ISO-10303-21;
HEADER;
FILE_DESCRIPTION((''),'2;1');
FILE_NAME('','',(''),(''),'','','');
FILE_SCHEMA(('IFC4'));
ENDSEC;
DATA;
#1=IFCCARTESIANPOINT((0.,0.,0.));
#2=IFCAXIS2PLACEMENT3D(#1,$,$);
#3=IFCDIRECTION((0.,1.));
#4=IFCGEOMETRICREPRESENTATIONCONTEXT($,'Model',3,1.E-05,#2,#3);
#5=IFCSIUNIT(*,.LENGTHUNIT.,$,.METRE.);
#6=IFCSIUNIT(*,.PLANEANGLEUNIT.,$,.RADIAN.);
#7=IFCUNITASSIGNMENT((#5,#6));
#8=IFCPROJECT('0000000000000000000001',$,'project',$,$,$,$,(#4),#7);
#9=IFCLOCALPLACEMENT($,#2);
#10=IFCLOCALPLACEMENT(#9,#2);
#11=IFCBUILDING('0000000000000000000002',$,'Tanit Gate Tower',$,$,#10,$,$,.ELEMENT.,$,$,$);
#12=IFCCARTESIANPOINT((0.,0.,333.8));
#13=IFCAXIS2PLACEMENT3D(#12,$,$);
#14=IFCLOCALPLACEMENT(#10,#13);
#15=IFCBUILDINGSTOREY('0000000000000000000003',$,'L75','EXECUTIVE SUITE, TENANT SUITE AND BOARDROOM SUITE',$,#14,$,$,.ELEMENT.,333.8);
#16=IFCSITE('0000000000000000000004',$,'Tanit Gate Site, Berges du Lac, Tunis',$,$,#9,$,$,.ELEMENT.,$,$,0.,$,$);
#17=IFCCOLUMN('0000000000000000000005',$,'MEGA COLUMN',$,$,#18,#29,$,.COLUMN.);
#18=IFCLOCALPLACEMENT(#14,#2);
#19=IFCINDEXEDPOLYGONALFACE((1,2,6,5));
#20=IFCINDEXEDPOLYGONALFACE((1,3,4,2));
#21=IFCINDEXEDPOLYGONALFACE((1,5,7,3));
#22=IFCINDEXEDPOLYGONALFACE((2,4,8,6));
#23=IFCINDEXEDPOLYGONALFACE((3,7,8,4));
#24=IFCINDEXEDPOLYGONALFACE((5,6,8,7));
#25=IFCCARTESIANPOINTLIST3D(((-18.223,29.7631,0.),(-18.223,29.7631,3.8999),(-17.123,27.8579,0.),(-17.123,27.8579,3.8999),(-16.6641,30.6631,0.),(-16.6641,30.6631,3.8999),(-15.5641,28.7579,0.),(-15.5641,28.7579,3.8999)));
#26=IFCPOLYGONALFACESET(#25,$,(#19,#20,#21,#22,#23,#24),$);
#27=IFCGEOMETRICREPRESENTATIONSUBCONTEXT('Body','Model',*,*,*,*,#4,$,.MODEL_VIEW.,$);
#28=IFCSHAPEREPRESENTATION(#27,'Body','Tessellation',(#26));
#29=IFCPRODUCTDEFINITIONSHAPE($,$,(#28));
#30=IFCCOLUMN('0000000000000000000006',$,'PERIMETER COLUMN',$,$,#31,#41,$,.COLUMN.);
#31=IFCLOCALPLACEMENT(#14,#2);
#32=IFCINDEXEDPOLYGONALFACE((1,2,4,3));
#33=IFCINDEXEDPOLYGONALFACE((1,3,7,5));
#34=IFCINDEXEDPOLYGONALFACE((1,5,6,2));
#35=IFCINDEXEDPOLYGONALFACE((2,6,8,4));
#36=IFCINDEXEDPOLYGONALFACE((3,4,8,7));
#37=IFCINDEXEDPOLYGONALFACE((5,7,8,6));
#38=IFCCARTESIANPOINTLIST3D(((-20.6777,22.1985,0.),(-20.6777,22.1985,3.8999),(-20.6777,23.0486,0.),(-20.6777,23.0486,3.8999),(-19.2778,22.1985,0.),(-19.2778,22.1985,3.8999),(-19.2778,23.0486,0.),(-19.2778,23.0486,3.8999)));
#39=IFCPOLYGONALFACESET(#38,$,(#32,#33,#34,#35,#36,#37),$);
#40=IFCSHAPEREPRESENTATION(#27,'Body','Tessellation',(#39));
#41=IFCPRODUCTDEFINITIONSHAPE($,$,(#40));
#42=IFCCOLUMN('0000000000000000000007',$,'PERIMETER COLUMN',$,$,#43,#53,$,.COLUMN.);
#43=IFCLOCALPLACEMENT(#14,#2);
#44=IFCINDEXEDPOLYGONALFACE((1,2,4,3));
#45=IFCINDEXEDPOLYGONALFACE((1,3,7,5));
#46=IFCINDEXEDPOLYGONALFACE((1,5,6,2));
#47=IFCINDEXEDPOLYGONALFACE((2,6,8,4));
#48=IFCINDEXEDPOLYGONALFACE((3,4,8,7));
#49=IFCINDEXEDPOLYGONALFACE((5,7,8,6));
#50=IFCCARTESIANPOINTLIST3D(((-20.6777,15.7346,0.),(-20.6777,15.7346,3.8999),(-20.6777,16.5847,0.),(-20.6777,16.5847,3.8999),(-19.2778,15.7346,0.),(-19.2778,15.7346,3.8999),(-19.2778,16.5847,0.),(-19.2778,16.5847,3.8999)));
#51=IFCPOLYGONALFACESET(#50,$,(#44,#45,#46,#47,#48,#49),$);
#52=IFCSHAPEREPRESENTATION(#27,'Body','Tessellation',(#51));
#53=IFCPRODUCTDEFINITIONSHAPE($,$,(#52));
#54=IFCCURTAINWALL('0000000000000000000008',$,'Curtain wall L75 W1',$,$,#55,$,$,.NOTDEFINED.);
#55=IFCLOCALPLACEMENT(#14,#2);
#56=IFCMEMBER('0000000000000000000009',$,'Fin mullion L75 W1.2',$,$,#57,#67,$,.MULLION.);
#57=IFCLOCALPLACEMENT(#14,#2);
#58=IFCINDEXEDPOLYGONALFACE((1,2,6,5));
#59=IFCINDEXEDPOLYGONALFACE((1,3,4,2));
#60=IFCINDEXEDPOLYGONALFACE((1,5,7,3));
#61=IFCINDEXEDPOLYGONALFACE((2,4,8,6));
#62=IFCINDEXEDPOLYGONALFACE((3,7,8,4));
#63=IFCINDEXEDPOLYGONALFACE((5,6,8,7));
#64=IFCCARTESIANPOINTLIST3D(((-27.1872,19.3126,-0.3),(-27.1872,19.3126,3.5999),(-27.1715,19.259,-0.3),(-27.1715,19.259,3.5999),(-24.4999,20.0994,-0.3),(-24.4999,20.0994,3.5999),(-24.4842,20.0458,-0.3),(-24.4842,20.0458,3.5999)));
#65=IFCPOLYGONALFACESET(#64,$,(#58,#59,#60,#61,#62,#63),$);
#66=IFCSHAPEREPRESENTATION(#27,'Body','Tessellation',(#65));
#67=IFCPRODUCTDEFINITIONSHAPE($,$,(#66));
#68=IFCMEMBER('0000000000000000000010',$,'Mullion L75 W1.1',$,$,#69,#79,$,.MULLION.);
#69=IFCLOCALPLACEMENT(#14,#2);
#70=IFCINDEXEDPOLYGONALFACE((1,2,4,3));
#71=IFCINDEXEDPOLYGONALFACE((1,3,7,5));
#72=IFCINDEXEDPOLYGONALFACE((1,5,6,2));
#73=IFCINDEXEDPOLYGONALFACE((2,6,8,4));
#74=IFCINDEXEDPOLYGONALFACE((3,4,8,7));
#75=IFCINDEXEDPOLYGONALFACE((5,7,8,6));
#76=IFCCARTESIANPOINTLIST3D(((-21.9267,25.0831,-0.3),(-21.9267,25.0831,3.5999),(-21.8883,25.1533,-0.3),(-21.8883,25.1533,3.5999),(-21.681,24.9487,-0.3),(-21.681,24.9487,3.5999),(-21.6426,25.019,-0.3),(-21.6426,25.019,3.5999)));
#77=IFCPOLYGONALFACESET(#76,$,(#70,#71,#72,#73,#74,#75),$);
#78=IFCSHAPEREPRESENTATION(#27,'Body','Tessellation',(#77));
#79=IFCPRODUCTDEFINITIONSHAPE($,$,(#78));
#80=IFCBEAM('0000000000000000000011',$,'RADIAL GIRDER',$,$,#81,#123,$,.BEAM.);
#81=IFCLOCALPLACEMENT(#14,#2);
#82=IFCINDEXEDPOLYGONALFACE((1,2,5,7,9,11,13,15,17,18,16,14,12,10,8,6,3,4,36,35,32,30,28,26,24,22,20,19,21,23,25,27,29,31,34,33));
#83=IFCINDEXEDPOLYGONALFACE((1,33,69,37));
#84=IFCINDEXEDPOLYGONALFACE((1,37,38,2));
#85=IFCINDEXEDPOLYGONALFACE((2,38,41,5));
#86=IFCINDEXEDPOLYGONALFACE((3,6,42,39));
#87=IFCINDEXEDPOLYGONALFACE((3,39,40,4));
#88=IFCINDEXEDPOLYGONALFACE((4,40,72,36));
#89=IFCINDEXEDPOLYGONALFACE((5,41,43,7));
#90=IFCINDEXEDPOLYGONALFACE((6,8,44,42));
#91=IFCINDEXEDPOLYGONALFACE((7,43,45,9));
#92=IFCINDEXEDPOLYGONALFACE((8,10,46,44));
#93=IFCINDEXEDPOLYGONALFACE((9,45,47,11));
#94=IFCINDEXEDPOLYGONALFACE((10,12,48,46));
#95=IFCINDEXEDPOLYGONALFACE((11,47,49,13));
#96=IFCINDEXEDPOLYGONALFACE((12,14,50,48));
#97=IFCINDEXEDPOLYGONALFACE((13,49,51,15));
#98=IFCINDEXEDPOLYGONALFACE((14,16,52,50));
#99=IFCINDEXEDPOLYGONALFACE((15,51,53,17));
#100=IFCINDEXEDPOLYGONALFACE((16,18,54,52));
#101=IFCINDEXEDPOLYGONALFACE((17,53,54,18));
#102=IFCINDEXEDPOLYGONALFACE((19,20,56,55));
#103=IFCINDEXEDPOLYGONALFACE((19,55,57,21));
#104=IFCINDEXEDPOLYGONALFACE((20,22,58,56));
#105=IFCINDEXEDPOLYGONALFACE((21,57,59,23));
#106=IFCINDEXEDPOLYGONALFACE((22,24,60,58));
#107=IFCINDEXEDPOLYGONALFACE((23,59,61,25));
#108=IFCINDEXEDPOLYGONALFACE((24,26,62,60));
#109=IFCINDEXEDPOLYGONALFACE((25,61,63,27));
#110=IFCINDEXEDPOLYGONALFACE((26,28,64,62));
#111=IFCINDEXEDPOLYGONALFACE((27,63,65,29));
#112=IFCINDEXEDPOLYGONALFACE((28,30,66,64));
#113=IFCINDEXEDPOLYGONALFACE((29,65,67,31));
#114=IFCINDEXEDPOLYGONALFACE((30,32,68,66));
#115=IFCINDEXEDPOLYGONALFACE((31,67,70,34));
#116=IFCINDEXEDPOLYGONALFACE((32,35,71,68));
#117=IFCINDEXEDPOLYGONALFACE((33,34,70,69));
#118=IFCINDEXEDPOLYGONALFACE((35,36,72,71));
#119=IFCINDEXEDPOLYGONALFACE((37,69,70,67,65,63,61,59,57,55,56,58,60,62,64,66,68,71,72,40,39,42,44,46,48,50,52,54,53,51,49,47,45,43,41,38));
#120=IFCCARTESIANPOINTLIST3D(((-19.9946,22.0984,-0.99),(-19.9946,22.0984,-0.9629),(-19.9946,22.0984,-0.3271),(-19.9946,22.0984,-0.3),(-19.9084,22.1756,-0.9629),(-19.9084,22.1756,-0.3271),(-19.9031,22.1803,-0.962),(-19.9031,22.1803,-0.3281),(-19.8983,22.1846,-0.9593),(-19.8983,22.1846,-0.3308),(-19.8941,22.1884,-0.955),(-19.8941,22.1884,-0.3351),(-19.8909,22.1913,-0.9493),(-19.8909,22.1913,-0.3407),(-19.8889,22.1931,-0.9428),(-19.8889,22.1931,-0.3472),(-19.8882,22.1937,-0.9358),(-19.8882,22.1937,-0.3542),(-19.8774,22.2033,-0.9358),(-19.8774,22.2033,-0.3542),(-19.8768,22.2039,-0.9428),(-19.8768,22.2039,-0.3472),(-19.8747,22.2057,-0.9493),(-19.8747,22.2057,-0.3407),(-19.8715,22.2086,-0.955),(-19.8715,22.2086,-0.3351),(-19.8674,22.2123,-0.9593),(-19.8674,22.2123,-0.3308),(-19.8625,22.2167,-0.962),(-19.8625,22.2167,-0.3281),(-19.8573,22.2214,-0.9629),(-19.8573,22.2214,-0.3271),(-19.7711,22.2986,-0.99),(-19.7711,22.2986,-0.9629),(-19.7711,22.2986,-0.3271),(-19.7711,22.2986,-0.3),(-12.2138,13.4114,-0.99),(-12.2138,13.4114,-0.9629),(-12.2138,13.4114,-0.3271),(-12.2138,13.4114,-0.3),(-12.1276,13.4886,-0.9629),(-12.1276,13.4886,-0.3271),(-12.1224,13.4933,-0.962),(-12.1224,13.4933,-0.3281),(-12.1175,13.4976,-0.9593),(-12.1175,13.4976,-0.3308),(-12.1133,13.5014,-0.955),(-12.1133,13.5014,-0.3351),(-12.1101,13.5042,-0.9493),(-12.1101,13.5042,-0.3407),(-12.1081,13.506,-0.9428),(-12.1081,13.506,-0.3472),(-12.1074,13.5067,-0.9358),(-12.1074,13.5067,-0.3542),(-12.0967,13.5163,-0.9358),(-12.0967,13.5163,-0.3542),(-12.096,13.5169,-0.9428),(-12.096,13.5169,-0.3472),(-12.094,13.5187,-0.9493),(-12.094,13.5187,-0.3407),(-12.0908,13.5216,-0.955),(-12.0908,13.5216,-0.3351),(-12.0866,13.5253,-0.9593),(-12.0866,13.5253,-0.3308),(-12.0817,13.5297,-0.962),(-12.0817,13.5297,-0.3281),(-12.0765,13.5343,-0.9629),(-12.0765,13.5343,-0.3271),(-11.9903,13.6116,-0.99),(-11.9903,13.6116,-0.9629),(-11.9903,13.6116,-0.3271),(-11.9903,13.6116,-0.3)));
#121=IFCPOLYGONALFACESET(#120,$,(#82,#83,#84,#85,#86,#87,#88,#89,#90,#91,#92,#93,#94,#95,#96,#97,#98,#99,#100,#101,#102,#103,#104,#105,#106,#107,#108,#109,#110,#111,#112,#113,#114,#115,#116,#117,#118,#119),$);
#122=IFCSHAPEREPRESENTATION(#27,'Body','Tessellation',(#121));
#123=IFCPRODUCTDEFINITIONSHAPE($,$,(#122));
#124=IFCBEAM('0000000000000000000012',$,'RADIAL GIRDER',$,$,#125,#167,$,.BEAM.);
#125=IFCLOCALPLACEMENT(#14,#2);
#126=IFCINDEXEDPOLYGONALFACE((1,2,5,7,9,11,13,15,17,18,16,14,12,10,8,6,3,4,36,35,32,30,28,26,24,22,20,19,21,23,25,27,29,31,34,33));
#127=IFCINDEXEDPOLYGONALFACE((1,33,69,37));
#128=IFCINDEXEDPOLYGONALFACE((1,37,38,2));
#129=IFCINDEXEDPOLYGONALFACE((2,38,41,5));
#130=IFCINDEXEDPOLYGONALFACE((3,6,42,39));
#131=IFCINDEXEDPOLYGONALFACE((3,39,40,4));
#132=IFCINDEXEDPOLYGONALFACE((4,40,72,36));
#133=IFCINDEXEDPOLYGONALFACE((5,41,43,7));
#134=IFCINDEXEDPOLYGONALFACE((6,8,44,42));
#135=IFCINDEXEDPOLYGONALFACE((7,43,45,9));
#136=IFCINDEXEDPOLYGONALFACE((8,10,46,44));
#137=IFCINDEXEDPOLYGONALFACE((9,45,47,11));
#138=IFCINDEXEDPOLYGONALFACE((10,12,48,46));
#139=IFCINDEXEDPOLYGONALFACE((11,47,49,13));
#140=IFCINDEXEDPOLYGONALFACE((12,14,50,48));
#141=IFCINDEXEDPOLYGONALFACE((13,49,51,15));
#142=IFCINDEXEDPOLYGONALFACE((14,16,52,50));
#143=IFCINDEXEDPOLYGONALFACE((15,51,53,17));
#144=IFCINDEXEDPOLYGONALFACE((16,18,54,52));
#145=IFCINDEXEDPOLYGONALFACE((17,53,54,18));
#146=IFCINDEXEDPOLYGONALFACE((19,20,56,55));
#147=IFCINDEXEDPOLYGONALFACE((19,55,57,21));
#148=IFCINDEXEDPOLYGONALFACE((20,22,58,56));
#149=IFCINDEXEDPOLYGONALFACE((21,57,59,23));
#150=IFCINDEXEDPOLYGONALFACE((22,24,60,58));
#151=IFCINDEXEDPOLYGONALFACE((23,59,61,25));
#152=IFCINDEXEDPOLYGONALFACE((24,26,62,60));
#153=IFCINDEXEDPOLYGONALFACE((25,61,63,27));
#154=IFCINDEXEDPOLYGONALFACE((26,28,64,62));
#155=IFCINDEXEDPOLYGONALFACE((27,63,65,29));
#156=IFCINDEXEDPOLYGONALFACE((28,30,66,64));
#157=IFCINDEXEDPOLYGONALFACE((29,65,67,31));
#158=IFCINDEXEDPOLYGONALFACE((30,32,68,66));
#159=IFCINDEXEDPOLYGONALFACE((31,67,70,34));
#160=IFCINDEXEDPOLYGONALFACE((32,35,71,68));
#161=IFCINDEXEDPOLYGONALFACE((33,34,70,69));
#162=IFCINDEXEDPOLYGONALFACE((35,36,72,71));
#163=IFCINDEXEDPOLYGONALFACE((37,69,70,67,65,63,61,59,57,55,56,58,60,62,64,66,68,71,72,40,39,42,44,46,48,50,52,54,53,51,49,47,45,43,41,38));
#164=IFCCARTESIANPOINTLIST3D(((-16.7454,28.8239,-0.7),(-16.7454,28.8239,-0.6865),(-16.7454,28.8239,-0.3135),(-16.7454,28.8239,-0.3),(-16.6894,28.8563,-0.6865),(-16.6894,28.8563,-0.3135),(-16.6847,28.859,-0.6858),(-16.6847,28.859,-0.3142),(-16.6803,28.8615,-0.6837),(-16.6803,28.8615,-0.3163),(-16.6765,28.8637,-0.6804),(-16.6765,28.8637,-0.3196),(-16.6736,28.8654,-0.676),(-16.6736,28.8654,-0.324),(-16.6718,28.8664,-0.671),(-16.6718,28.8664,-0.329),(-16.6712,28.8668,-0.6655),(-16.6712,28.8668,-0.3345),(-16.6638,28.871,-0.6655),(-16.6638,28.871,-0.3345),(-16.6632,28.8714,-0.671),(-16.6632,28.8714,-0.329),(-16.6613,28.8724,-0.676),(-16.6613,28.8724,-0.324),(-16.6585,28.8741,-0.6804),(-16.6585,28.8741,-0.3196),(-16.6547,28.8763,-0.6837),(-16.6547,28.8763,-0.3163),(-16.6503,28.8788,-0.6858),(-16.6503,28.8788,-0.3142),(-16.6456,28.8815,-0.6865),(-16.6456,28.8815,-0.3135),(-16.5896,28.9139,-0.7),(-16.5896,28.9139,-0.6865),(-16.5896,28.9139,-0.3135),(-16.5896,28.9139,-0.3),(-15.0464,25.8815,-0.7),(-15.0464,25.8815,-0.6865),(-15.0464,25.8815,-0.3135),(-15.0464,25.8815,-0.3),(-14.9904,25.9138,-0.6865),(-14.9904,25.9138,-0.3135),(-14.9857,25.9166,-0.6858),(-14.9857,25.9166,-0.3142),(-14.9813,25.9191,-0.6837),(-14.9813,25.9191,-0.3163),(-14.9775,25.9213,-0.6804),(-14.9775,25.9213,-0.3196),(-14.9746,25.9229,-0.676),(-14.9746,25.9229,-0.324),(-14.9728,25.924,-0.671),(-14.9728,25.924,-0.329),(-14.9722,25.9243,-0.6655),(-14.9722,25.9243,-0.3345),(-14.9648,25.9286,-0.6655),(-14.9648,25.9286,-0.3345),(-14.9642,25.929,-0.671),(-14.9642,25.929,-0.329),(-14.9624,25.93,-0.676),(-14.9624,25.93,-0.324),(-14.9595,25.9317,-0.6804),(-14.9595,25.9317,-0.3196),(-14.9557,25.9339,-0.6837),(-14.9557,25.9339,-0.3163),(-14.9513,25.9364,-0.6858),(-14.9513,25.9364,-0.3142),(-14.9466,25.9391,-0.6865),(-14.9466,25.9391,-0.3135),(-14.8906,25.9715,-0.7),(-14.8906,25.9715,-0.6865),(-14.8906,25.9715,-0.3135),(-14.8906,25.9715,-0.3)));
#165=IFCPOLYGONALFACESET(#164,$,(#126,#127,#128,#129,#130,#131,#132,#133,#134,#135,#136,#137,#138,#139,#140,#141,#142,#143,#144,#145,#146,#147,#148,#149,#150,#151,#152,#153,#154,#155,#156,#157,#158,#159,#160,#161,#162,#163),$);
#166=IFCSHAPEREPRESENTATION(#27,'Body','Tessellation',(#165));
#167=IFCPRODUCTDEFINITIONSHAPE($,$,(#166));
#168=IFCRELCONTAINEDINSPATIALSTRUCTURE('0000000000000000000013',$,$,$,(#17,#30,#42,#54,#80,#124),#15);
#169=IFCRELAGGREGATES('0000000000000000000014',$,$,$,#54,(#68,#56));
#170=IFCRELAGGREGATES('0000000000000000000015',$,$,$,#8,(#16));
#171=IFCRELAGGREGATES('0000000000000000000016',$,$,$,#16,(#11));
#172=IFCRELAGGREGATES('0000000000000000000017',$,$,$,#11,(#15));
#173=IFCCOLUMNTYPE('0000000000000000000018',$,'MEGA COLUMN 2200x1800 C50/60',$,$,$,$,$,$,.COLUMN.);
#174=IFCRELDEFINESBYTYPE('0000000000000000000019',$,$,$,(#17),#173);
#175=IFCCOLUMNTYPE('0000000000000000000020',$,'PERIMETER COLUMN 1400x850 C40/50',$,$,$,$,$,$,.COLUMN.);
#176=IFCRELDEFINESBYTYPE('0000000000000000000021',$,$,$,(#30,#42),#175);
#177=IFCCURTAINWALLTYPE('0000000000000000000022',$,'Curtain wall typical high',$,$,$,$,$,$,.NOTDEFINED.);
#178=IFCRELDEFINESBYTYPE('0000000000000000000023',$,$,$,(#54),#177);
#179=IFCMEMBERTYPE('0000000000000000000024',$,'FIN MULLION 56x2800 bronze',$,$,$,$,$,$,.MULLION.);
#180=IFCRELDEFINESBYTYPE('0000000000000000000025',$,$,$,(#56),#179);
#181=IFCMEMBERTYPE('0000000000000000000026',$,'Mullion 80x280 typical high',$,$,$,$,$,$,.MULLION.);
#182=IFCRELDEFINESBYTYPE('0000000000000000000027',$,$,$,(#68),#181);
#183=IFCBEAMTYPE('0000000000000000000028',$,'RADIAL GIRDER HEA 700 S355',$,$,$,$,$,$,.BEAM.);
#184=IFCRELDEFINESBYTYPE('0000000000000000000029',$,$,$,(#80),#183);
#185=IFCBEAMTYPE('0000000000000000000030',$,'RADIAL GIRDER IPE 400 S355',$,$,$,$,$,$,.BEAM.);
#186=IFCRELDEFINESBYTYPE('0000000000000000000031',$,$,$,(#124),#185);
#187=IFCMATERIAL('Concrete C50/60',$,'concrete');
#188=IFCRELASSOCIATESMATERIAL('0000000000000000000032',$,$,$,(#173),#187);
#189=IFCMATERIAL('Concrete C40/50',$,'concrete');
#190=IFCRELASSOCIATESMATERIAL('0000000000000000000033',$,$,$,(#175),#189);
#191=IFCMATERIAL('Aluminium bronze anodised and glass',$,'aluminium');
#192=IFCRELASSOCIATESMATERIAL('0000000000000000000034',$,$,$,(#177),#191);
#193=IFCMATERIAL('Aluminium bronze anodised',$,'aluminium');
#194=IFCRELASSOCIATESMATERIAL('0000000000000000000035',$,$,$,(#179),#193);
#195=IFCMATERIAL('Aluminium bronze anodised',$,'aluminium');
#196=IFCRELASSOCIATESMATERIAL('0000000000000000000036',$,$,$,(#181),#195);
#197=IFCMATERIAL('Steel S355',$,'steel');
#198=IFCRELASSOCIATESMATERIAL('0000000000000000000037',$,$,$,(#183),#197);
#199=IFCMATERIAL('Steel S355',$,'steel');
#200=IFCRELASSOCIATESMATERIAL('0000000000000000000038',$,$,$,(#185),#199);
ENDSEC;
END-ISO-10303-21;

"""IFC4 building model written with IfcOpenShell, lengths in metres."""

from ifc_helpers import new_model, si_unit, direction, frame, origin, origin_2d, place, context, subcontext, project, spatial, rectangle, i_section, extrude, material, material_profile, profile_set, type_object, element, aggregate, save


model = new_model("IFC4")

# Units and contexts
model_context = context("Model", 3, precision=1e-05, world=origin(), true_north=direction((0.0, 1.0)))
body_context = subcontext(model_context, "Body", "Model", "MODEL_VIEW")
ifc_project = project(units=[si_unit("LENGTHUNIT", "METRE"), si_unit("PLANEANGLEUNIT", "RADIAN")], contexts=[model_context])

# Site, building, storey
site_placement = place(None, origin())
site = spatial("IfcSite", under=ifc_project, at=site_placement, Name="Tanit Gate Site, Berges du Lac, Tunis", CompositionType="ELEMENT", RefElevation=0.0)
building_placement = place(site_placement, origin())
building = spatial("IfcBuilding", under=site, at=building_placement, Name="Tanit Gate Tower", CompositionType="ELEMENT")
storey_placement = place(building_placement, frame((0.0, 0.0, 333.8)))
storey = spatial("IfcBuildingStorey", under=building, at=storey_placement, Name="L75", Description="EXECUTIVE SUITE, TENANT SUITE AND BOARDROOM SUITE", CompositionType="ELEMENT", Elevation=333.8)

# Columns
ifc_material_1 = material(Name="Concrete C50/60", Category="concrete")
ifc_material_profile_1 = material_profile(ifc_material_1, rectangle(XDim=2.2, YDim=1.8, at=origin_2d()), Name="RC 2200x1800")
ifc_profile_set_1 = profile_set([ifc_material_profile_1], Name="Concrete C50/60")
column_type_1 = type_object("IfcColumnType", Name="MEGA COLUMN 2200x1800 C50/60", PredefinedType="COLUMN", material=ifc_profile_set_1)
column_placement = place(storey_placement, frame((-16.8936, 29.2605, 0.0), z_axis=(0.0, 0.0, 1.0), x_axis=(-0.5, 0.866025, 0.0)))
element("IfcColumn", 1, at=column_placement, inside=storey, type_object=column_type_1, Name="MEGA COLUMN", PredefinedType="COLUMN", context=body_context, shape_type="SweptSolid", body=[
    extrude(rectangle(XDim=2.2, YDim=1.8, at=origin_2d()), origin(), (0.0, 0.0, 1.0), 3.8999),
])
ifc_material_2 = material(Name="Concrete C40/50", Category="concrete")
ifc_material_profile_2 = material_profile(ifc_material_2, rectangle(XDim=1.3999, YDim=0.8501, at=origin_2d()), Name="RC 1400x850")
ifc_profile_set_2 = profile_set([ifc_material_profile_2], Name="Concrete C40/50")
column_type_2 = type_object("IfcColumnType", Name="PERIMETER COLUMN 1400x850 C40/50", PredefinedType="COLUMN", material=ifc_profile_set_2)
for number, where, z_axis, x_axis, name in (
    (2, (-19.9778, 22.6235, 0.0), (0.0, 0.0, 1.0), (-1.0, 0.0, 0.0), "PERIMETER COLUMN"),
    (3, (-19.9778, 16.1597, 0.0), (0.0, 0.0, 1.0), (-1.0, 0.0, 0.0), "PERIMETER COLUMN"),
):
    element("IfcColumn", number, at=place(storey_placement, frame(where, z_axis=z_axis, x_axis=x_axis)), inside=storey, type_object=column_type_2, Name=name, PredefinedType="COLUMN", context=body_context, shape_type="SweptSolid", body=[
        extrude(rectangle(XDim=1.3999, YDim=0.8501, at=origin_2d()), origin(), (0.0, 0.0, 1.0), 3.8999),
    ])

# Curtain wall, members
ifc_material_3 = material(Name="Aluminium bronze anodised and glass", Category="aluminium")
curtain_wall_type = type_object("IfcCurtainWallType", Name="Curtain wall typical high", PredefinedType="NOTDEFINED", material=ifc_material_3)
curtain_wall_placement = place(storey_placement, origin())
curtain_wall = element("IfcCurtainWall", 4, at=curtain_wall_placement, inside=storey, type_object=curtain_wall_type, Name="Curtain wall L75 W1", PredefinedType="NOTDEFINED")
ifc_material_4 = material(Name="Aluminium bronze anodised", Category="aluminium")
ifc_material_profile_3 = material_profile(ifc_material_4, rectangle(XDim=2.8, YDim=0.0559, at=origin_2d()), Name="56x2800 bronze fin mullion")
ifc_profile_set_3 = profile_set([ifc_material_profile_3], Name="Aluminium bronze anodised")
member_type_1 = type_object("IfcMemberType", Name="FIN MULLION 56x2800 bronze", PredefinedType="MULLION", material=ifc_profile_set_3)
member_1_placement = place(storey_placement, frame((-25.8357, 19.6792, -0.3), z_axis=(0.0, 0.0, 1.0), x_axis=(0.959706, 0.281005, 0.0)))
member_1 = element("IfcMember", 5, at=member_1_placement, type_object=member_type_1, Name="Fin mullion L75 W1.2", PredefinedType="MULLION", context=body_context, shape_type="SweptSolid", body=[
    extrude(rectangle(XDim=2.8, YDim=0.0559, at=origin_2d()), origin(), (0.0, 0.0, 1.0), 3.8999),
])
ifc_material_5 = material(Name="Aluminium bronze anodised", Category="aluminium")
ifc_material_profile_4 = material_profile(ifc_material_5, rectangle(XDim=0.28, YDim=0.0801, at=origin_2d()), Name="80x280 bronze mullion")
ifc_profile_set_4 = profile_set([ifc_material_profile_4], Name="Aluminium bronze anodised")
member_type_2 = type_object("IfcMemberType", Name="Mullion 80x280 typical high", PredefinedType="MULLION", material=ifc_profile_set_4)
member_2_placement = place(storey_placement, frame((-21.7847, 25.051, -0.3), z_axis=(0.0, 0.0, 1.0), x_axis=(0.877315, -0.479914, 0.0)))
member_2 = element("IfcMember", 6, at=member_2_placement, type_object=member_type_2, Name="Mullion L75 W1.1", PredefinedType="MULLION", context=body_context, shape_type="SweptSolid", body=[
    extrude(rectangle(XDim=0.28, YDim=0.0801, at=origin_2d()), origin(), (0.0, 0.0, 1.0), 3.8999),
])

# Beams
ifc_material_6 = material(Name="Steel S355", Category="steel")
ifc_material_profile_5 = material_profile(ifc_material_6, i_section(OverallWidth=0.3, OverallDepth=0.6899, WebThickness=0.0144, FlangeThickness=0.0271, FilletRadius=0.0271, at=origin_2d()), Name="HEA 700")
ifc_profile_set_5 = profile_set([ifc_material_profile_5], Name="Steel S355")
beam_type_1 = type_object("IfcBeamType", Name="RADIAL GIRDER HEA 700 S355", PredefinedType="BEAM", material=ifc_profile_set_5)
beam_1_placement = place(storey_placement, frame((-19.8828, 22.1985, -0.645), z_axis=(0.667184, -0.744893, 0.0), x_axis=(0.744893, 0.667184, 0.0)))
element("IfcBeam", 7, at=beam_1_placement, inside=storey, type_object=beam_type_1, Name="RADIAL GIRDER", PredefinedType="BEAM", context=body_context, shape_type="SweptSolid", body=[
    extrude(i_section(OverallWidth=0.3, OverallDepth=0.6899, WebThickness=0.0144, FlangeThickness=0.0271, FilletRadius=0.0271, at=origin_2d()), origin(), (0.0, 0.0, 1.0), 11.6621),
])
ifc_material_7 = material(Name="Steel S355", Category="steel")
ifc_material_profile_6 = material_profile(ifc_material_7, i_section(OverallWidth=0.1799, OverallDepth=0.3999, WebThickness=0.0085, FlangeThickness=0.0134, FilletRadius=0.021, at=origin_2d()), Name="IPE 400")
ifc_profile_set_6 = profile_set([ifc_material_profile_6], Name="Steel S355")
beam_type_2 = type_object("IfcBeamType", Name="RADIAL GIRDER IPE 400 S355", PredefinedType="BEAM", material=ifc_profile_set_6)
beam_2_placement = place(storey_placement, frame((-16.6675, 28.8689, -0.5), z_axis=(0.500042, -0.866001, 0.0), x_axis=(0.866001, 0.500042, 0.0)))
element("IfcBeam", 8, at=beam_2_placement, inside=storey, type_object=beam_type_2, Name="RADIAL GIRDER", PredefinedType="BEAM", context=body_context, shape_type="SweptSolid", body=[
    extrude(i_section(OverallWidth=0.1799, OverallDepth=0.3999, WebThickness=0.0085, FlangeThickness=0.0134, FilletRadius=0.021, at=origin_2d()), origin(), (0.0, 0.0, 1.0), 3.3977),
])

aggregate(curtain_wall, [member_2, member_1])

save(model, "model.ifc")
